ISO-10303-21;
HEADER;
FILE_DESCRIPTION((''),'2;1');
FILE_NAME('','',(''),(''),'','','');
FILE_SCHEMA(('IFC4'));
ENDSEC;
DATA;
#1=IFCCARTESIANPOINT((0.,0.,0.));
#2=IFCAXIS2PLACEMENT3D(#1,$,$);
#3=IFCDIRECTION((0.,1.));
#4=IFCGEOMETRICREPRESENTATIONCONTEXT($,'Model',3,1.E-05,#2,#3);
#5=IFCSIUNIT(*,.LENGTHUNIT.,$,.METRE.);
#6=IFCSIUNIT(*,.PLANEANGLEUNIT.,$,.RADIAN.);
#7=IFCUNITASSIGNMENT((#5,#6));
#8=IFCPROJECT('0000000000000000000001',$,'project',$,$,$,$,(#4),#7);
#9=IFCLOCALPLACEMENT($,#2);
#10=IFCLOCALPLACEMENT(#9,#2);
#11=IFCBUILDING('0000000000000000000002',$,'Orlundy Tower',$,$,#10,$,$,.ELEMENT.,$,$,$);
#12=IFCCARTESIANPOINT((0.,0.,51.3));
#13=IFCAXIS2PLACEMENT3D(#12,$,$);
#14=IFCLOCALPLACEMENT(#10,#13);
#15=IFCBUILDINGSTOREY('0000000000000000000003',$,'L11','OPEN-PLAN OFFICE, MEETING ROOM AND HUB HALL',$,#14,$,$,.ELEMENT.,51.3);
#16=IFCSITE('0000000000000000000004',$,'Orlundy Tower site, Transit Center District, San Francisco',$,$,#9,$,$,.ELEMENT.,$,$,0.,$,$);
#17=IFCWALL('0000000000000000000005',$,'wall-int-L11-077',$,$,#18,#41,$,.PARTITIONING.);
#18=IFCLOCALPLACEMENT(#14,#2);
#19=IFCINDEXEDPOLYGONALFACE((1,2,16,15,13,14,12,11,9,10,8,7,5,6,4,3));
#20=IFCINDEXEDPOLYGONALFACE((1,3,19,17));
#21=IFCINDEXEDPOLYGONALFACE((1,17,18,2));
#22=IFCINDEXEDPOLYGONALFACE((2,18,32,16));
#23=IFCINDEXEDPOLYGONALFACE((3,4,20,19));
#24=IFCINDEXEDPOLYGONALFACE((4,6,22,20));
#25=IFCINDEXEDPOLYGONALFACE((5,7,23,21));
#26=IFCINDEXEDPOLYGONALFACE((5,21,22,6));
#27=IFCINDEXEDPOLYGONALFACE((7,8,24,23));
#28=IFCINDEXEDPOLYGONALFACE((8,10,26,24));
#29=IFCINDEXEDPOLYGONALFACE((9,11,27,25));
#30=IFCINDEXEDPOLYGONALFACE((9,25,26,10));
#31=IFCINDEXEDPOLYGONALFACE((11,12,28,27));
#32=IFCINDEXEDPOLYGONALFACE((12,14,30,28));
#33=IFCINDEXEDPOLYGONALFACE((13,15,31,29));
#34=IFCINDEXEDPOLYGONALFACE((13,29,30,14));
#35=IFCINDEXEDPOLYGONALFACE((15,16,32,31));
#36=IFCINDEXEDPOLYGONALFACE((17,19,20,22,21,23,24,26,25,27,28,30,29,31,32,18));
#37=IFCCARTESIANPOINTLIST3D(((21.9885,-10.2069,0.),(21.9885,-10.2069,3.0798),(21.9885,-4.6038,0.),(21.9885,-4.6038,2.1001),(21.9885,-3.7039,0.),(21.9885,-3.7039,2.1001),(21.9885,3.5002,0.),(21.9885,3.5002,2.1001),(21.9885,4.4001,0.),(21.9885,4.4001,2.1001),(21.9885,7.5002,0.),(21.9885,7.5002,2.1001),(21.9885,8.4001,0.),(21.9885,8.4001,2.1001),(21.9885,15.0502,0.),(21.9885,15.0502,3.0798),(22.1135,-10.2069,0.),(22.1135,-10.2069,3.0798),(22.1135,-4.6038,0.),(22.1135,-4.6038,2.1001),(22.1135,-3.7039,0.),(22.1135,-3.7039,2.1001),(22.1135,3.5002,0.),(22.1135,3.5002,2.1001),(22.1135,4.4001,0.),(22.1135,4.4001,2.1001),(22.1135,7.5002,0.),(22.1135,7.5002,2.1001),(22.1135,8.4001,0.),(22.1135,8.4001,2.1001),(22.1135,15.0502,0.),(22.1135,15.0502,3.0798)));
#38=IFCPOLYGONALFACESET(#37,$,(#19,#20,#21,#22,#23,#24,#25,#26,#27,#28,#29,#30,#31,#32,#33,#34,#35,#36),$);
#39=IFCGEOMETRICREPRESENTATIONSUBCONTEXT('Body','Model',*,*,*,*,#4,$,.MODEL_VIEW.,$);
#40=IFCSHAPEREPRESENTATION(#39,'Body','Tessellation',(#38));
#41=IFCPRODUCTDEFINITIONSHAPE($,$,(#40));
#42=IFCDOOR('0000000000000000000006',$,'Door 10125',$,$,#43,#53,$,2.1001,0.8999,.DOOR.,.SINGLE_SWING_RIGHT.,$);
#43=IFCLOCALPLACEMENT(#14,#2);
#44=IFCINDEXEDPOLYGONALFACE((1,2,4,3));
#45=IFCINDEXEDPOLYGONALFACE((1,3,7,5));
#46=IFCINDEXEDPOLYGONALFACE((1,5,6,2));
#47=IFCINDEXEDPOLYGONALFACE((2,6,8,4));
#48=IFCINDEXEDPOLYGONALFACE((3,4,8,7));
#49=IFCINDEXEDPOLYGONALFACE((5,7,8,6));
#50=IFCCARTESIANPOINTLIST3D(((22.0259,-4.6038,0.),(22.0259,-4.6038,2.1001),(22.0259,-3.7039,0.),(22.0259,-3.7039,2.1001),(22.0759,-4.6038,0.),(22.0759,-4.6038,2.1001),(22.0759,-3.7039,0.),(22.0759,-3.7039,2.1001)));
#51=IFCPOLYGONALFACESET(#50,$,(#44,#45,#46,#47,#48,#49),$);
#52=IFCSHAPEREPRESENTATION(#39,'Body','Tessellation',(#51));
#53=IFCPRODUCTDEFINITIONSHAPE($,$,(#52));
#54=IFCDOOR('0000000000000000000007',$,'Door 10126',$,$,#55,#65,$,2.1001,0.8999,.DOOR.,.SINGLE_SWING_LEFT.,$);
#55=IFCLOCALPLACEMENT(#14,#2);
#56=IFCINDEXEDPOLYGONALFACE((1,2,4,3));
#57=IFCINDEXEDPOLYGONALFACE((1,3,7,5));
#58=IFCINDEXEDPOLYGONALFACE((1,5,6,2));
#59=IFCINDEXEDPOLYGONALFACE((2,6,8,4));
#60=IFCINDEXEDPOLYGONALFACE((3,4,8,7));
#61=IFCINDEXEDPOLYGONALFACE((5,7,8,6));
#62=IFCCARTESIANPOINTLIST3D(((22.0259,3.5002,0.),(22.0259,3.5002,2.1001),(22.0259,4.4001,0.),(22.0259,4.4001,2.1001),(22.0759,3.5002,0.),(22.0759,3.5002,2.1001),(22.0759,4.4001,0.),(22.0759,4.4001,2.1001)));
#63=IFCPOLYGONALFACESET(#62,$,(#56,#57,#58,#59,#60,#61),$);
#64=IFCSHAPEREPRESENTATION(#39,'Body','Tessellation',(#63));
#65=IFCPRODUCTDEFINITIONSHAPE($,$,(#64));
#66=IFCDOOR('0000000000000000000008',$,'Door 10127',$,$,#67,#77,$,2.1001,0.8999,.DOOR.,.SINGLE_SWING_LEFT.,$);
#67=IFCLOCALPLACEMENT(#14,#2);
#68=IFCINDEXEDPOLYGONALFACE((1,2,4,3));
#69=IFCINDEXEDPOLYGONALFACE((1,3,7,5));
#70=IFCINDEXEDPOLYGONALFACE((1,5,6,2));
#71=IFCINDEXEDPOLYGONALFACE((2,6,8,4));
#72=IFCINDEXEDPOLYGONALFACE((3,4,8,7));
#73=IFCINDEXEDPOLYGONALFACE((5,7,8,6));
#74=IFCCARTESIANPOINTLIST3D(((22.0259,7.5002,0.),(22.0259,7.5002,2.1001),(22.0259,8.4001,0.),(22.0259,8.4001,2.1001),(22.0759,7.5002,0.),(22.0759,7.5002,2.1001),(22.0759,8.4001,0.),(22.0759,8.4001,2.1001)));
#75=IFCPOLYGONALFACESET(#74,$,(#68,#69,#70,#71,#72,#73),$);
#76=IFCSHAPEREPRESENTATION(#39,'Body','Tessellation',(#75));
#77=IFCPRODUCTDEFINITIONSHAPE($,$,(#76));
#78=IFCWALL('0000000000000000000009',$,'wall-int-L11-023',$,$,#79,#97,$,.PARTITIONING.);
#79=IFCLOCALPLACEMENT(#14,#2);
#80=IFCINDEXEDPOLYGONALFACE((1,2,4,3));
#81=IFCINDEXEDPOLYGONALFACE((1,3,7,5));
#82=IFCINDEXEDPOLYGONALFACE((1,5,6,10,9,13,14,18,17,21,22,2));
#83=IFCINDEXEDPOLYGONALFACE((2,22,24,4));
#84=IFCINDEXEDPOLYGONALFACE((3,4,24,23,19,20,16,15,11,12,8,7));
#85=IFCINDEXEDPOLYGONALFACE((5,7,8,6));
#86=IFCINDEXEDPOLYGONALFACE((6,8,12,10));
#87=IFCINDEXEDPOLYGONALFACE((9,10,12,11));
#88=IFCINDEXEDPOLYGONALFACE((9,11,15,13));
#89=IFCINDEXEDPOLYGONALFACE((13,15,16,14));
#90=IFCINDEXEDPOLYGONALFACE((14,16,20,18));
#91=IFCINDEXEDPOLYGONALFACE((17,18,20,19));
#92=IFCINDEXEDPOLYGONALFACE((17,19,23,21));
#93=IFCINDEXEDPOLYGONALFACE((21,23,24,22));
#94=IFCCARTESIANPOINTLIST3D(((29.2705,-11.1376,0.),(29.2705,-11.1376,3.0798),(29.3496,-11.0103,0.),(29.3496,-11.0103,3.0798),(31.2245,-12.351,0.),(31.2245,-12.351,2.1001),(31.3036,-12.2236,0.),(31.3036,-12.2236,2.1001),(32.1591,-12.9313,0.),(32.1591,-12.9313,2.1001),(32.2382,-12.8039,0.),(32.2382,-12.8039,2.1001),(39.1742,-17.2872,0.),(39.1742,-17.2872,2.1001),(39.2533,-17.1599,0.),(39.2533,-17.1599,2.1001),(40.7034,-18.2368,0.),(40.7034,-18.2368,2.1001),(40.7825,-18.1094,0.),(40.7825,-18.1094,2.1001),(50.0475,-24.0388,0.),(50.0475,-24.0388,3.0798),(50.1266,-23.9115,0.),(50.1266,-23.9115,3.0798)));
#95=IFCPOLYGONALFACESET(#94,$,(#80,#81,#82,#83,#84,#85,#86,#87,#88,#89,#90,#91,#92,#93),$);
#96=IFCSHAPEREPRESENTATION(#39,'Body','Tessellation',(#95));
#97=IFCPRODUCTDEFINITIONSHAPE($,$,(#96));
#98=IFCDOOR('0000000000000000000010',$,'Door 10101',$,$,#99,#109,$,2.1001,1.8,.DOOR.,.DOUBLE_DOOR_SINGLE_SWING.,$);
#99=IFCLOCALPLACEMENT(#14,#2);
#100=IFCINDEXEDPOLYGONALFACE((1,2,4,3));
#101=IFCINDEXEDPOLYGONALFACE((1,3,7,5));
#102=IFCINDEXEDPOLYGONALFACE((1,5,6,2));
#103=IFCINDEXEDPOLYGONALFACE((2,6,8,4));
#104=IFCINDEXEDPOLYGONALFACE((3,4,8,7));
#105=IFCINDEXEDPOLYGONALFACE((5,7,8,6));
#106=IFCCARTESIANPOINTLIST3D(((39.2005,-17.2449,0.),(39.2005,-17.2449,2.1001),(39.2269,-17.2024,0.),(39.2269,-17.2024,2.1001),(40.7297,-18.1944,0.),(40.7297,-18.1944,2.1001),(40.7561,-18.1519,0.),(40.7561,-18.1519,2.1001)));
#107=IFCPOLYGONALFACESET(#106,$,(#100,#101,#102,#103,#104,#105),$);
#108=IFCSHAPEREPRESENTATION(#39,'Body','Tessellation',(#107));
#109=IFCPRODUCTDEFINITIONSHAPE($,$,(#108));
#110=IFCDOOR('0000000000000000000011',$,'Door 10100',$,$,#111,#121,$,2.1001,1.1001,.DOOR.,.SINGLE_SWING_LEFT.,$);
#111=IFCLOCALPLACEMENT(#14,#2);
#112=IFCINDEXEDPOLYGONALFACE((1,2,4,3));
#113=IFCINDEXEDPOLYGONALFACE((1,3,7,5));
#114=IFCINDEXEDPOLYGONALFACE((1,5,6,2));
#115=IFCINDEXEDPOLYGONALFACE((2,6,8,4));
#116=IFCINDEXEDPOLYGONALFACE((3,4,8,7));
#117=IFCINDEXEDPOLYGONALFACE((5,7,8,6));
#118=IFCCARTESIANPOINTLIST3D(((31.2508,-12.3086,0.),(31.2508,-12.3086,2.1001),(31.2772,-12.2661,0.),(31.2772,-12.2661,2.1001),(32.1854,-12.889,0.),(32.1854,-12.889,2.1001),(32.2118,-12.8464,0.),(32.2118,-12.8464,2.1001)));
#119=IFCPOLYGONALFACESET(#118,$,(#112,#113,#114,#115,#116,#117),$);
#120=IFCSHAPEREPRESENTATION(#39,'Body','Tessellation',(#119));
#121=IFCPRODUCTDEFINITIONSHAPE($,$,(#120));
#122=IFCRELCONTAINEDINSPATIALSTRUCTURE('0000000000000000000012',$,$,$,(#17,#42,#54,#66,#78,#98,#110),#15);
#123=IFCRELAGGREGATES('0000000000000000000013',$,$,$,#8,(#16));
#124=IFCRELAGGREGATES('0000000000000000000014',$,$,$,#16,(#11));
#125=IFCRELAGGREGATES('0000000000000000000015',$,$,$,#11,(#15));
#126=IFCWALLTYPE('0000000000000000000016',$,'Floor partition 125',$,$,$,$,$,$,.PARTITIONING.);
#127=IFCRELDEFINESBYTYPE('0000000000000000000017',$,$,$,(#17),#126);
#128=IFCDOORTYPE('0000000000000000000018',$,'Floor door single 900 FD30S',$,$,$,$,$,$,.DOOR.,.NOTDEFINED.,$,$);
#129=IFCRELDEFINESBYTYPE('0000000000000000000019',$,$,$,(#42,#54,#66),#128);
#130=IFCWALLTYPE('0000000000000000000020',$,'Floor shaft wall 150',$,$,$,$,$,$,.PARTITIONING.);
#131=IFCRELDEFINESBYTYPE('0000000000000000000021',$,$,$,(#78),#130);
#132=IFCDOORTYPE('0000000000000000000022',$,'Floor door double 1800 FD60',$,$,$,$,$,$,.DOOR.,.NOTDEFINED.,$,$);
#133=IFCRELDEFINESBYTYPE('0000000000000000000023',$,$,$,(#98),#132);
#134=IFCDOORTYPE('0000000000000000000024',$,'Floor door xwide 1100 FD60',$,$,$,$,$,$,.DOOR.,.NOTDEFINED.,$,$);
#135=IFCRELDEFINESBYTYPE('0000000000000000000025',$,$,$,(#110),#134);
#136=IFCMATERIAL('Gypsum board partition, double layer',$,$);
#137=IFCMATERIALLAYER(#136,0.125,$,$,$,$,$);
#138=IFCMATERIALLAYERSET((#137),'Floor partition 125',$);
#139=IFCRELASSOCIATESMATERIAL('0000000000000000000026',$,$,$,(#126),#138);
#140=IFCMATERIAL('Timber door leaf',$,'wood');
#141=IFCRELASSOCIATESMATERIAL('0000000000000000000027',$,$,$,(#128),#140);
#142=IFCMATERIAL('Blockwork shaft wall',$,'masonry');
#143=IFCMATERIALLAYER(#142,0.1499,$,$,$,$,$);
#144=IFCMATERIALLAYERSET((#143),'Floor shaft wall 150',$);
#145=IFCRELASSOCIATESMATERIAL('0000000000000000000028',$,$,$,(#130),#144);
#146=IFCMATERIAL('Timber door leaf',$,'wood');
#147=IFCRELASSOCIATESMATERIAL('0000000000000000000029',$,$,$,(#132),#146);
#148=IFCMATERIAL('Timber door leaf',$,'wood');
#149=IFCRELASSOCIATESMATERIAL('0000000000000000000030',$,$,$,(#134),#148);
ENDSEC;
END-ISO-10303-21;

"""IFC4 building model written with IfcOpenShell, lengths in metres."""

from ifc_helpers import new_model, si_unit, direction, frame, frame_2d, origin, place, context, subcontext, project, spatial, rectangle, extrude, material, layer, layer_set, type_object, element, fill, save


model = new_model("IFC4")

# Units and contexts
model_context = context("Model", 3, precision=1e-05, world=origin(), true_north=direction((0.0, 1.0)))
body_context = subcontext(model_context, "Body", "Model", "MODEL_VIEW")
ifc_project = project(units=[si_unit("LENGTHUNIT", "METRE"), si_unit("PLANEANGLEUNIT", "RADIAN")], contexts=[model_context])

# Site, building, storey
site_placement = place(None, origin())
site = spatial("IfcSite", under=ifc_project, at=site_placement, Name="Orlundy Tower site, Transit Center District, San Francisco", CompositionType="ELEMENT", RefElevation=0.0)
building_placement = place(site_placement, origin())
building = spatial("IfcBuilding", under=site, at=building_placement, Name="Orlundy Tower", CompositionType="ELEMENT")
storey_placement = place(building_placement, frame((0.0, 0.0, 51.3)))
storey = spatial("IfcBuildingStorey", under=building, at=storey_placement, Name="L11", Description="OPEN-PLAN OFFICE, MEETING ROOM AND HUB HALL", CompositionType="ELEMENT", Elevation=51.3)

# Shared definitions
ifc_material_1 = material(Name="Gypsum board partition, double layer")
ifc_layer_1 = layer(ifc_material_1, 0.125)
ifc_layer_set_1 = layer_set([ifc_layer_1], Name="Floor partition 125")
wall_type_1 = type_object("IfcWallType", Name="Floor partition 125", PredefinedType="PARTITIONING", material=ifc_layer_set_1)

# Walls, openings, doors
wall_1_placement = place(storey_placement, frame((22.051, 15.05, 0.0), z_axis=(0.0, 0.0, 1.0), x_axis=(0.0, -1.0, 0.0)))
wall_1 = element("IfcWall", 1, at=wall_1_placement, inside=storey, type_object=wall_type_1, Name="wall-int-L11-077", PredefinedType="PARTITIONING", context=body_context, shape_type="SweptSolid", body=[
    extrude(rectangle(XDim=25.2571, YDim=0.125, at=frame_2d((12.6284, 0.0))), origin(), (0.0, 0.0, 1.0), 3.0798),
])
opening_1_placement = place(wall_1_placement, frame((18.7539, 0.0, 0.0)))
opening_1 = element("IfcOpeningElement", 2, at=opening_1_placement, cuts=wall_1, PredefinedType="OPENING", context=body_context, shape_type="SweptSolid", body=[
    extrude(rectangle(XDim=0.8999, YDim=2.1001, at=frame_2d((0.45, 1.05))), frame((0.0, 0.0725, 0.0), z_axis=(0.0, -1.0, 0.0), x_axis=(1.0, 0.0, 0.0)), (0.0, 0.0, 1.0), 0.145),
])
opening_2_placement = place(wall_1_placement, frame((10.6499, 0.0, 0.0)))
opening_2 = element("IfcOpeningElement", 3, at=opening_2_placement, cuts=wall_1, PredefinedType="OPENING", context=body_context, shape_type="SweptSolid", body=[
    extrude(rectangle(XDim=0.8999, YDim=2.1001, at=frame_2d((0.45, 1.05))), frame((0.0, 0.0725, 0.0), z_axis=(0.0, -1.0, 0.0), x_axis=(1.0, 0.0, 0.0)), (0.0, 0.0, 1.0), 0.145),
])
opening_3_placement = place(wall_1_placement, frame((6.6499, 0.0, 0.0)))
opening_3 = element("IfcOpeningElement", 4, at=opening_3_placement, cuts=wall_1, PredefinedType="OPENING", context=body_context, shape_type="SweptSolid", body=[
    extrude(rectangle(XDim=0.8999, YDim=2.1001, at=frame_2d((0.45, 1.05))), frame((0.0, 0.0725, 0.0), z_axis=(0.0, -1.0, 0.0), x_axis=(1.0, 0.0, 0.0)), (0.0, 0.0, 1.0), 0.145),
])
ifc_material_2 = material(Name="Timber door leaf", Category="wood")
door_type_1 = type_object("IfcDoorType", Name="Floor door single 900 FD30S", OperationType="NOTDEFINED", PredefinedType="DOOR", material=ifc_material_2)
door_1_placement = place(opening_1_placement, origin())
door_1 = element("IfcDoor", 5, at=door_1_placement, inside=storey, type_object=door_type_1, Name="Door 10125", OperationType="SINGLE_SWING_RIGHT", OverallHeight=2.1001, OverallWidth=0.8999, PredefinedType="DOOR", context=body_context, shape_type="SweptSolid", body=[
    extrude(rectangle(XDim=0.8999, YDim=2.1001, at=frame_2d((0.45, 1.05))), frame((0.0, 0.0249, 0.0), z_axis=(0.0, -1.0, 0.0), x_axis=(1.0, 0.0, 0.0)), (0.0, 0.0, 1.0), 0.05),
])
fill(opening_1, door_1)
door_2_placement = place(opening_2_placement, origin())
door_2 = element("IfcDoor", 6, at=door_2_placement, inside=storey, type_object=door_type_1, Name="Door 10126", OperationType="SINGLE_SWING_LEFT", OverallHeight=2.1001, OverallWidth=0.8999, PredefinedType="DOOR", context=body_context, shape_type="SweptSolid", body=[
    extrude(rectangle(XDim=0.8999, YDim=2.1001, at=frame_2d((0.45, 1.05))), frame((0.0, 0.0249, 0.0), z_axis=(0.0, -1.0, 0.0), x_axis=(1.0, 0.0, 0.0)), (0.0, 0.0, 1.0), 0.05),
])
fill(opening_2, door_2)
door_3_placement = place(opening_3_placement, origin())
door_3 = element("IfcDoor", 7, at=door_3_placement, inside=storey, type_object=door_type_1, Name="Door 10127", OperationType="SINGLE_SWING_LEFT", OverallHeight=2.1001, OverallWidth=0.8999, PredefinedType="DOOR", context=body_context, shape_type="SweptSolid", body=[
    extrude(rectangle(XDim=0.8999, YDim=2.1001, at=frame_2d((0.45, 1.05))), frame((0.0, 0.0249, 0.0), z_axis=(0.0, -1.0, 0.0), x_axis=(1.0, 0.0, 0.0)), (0.0, 0.0, 1.0), 0.05),
])
fill(opening_3, door_3)
ifc_material_3 = material(Name="Blockwork shaft wall", Category="masonry")
ifc_layer_2 = layer(ifc_material_3, 0.1499)
ifc_layer_set_2 = layer_set([ifc_layer_2], Name="Floor shaft wall 150")
wall_type_2 = type_object("IfcWallType", Name="Floor shaft wall 150", PredefinedType="PARTITIONING", material=ifc_layer_set_2)
wall_2_placement = place(storey_placement, frame((29.3101, -11.074, 0.0), z_axis=(0.0, 0.0, 1.0), x_axis=(0.849546, -0.527515, 0.0)))
wall_2 = element("IfcWall", 8, at=wall_2_placement, inside=storey, type_object=wall_type_2, Name="wall-int-L11-023", PredefinedType="PARTITIONING", context=body_context, shape_type="SweptSolid", body=[
    extrude(rectangle(XDim=24.4565, YDim=0.1499, at=frame_2d((12.2283, 0.0))), origin(), (0.0, 0.0, 1.0), 3.0798),
])
opening_4_placement = place(wall_2_placement, frame((2.3, 0.0, 0.0)))
opening_4 = element("IfcOpeningElement", 9, at=opening_4_placement, cuts=wall_2, PredefinedType="OPENING", context=body_context, shape_type="SweptSolid", body=[
    extrude(rectangle(XDim=1.1001, YDim=2.1001, at=frame_2d((0.55, 1.05))), frame((0.0, 0.085, 0.0), z_axis=(0.0, -1.0, 0.0), x_axis=(1.0, 0.0, 0.0)), (0.0, 0.0, 1.0), 0.1699),
])
opening_5_placement = place(wall_2_placement, frame((11.6577, 0.0, 0.0)))
opening_5 = element("IfcOpeningElement", 10, at=opening_5_placement, cuts=wall_2, PredefinedType="OPENING", context=body_context, shape_type="SweptSolid", body=[
    extrude(rectangle(XDim=1.8, YDim=2.1001, at=frame_2d((0.8999, 1.05))), frame((0.0, 0.085, 0.0), z_axis=(0.0, -1.0, 0.0), x_axis=(1.0, 0.0, 0.0)), (0.0, 0.0, 1.0), 0.1699),
])
ifc_material_4 = material(Name="Timber door leaf", Category="wood")
door_type_2 = type_object("IfcDoorType", Name="Floor door double 1800 FD60", OperationType="NOTDEFINED", PredefinedType="DOOR", material=ifc_material_4)
door_4_placement = place(opening_5_placement, origin())
door_4 = element("IfcDoor", 11, at=door_4_placement, inside=storey, type_object=door_type_2, Name="Door 10101", OperationType="DOUBLE_DOOR_SINGLE_SWING", OverallHeight=2.1001, OverallWidth=1.8, PredefinedType="DOOR", context=body_context, shape_type="SweptSolid", body=[
    extrude(rectangle(XDim=1.8, YDim=2.1001, at=frame_2d((0.8999, 1.05))), frame((0.0, 0.0249, 0.0), z_axis=(0.0, -1.0, 0.0), x_axis=(1.0, 0.0, 0.0)), (0.0, 0.0, 1.0), 0.05),
])
fill(opening_5, door_4)
ifc_material_5 = material(Name="Timber door leaf", Category="wood")
door_type_3 = type_object("IfcDoorType", Name="Floor door xwide 1100 FD60", OperationType="NOTDEFINED", PredefinedType="DOOR", material=ifc_material_5)
door_5_placement = place(opening_4_placement, origin())
door_5 = element("IfcDoor", 12, at=door_5_placement, inside=storey, type_object=door_type_3, Name="Door 10100", OperationType="SINGLE_SWING_LEFT", OverallHeight=2.1001, OverallWidth=1.1001, PredefinedType="DOOR", context=body_context, shape_type="SweptSolid", body=[
    extrude(rectangle(XDim=1.1001, YDim=2.1001, at=frame_2d((0.55, 1.05))), frame((0.0, 0.0249, 0.0), z_axis=(0.0, -1.0, 0.0), x_axis=(1.0, 0.0, 0.0)), (0.0, 0.0, 1.0), 0.05),
])
fill(opening_4, door_5)

save(model, "model.ifc")
